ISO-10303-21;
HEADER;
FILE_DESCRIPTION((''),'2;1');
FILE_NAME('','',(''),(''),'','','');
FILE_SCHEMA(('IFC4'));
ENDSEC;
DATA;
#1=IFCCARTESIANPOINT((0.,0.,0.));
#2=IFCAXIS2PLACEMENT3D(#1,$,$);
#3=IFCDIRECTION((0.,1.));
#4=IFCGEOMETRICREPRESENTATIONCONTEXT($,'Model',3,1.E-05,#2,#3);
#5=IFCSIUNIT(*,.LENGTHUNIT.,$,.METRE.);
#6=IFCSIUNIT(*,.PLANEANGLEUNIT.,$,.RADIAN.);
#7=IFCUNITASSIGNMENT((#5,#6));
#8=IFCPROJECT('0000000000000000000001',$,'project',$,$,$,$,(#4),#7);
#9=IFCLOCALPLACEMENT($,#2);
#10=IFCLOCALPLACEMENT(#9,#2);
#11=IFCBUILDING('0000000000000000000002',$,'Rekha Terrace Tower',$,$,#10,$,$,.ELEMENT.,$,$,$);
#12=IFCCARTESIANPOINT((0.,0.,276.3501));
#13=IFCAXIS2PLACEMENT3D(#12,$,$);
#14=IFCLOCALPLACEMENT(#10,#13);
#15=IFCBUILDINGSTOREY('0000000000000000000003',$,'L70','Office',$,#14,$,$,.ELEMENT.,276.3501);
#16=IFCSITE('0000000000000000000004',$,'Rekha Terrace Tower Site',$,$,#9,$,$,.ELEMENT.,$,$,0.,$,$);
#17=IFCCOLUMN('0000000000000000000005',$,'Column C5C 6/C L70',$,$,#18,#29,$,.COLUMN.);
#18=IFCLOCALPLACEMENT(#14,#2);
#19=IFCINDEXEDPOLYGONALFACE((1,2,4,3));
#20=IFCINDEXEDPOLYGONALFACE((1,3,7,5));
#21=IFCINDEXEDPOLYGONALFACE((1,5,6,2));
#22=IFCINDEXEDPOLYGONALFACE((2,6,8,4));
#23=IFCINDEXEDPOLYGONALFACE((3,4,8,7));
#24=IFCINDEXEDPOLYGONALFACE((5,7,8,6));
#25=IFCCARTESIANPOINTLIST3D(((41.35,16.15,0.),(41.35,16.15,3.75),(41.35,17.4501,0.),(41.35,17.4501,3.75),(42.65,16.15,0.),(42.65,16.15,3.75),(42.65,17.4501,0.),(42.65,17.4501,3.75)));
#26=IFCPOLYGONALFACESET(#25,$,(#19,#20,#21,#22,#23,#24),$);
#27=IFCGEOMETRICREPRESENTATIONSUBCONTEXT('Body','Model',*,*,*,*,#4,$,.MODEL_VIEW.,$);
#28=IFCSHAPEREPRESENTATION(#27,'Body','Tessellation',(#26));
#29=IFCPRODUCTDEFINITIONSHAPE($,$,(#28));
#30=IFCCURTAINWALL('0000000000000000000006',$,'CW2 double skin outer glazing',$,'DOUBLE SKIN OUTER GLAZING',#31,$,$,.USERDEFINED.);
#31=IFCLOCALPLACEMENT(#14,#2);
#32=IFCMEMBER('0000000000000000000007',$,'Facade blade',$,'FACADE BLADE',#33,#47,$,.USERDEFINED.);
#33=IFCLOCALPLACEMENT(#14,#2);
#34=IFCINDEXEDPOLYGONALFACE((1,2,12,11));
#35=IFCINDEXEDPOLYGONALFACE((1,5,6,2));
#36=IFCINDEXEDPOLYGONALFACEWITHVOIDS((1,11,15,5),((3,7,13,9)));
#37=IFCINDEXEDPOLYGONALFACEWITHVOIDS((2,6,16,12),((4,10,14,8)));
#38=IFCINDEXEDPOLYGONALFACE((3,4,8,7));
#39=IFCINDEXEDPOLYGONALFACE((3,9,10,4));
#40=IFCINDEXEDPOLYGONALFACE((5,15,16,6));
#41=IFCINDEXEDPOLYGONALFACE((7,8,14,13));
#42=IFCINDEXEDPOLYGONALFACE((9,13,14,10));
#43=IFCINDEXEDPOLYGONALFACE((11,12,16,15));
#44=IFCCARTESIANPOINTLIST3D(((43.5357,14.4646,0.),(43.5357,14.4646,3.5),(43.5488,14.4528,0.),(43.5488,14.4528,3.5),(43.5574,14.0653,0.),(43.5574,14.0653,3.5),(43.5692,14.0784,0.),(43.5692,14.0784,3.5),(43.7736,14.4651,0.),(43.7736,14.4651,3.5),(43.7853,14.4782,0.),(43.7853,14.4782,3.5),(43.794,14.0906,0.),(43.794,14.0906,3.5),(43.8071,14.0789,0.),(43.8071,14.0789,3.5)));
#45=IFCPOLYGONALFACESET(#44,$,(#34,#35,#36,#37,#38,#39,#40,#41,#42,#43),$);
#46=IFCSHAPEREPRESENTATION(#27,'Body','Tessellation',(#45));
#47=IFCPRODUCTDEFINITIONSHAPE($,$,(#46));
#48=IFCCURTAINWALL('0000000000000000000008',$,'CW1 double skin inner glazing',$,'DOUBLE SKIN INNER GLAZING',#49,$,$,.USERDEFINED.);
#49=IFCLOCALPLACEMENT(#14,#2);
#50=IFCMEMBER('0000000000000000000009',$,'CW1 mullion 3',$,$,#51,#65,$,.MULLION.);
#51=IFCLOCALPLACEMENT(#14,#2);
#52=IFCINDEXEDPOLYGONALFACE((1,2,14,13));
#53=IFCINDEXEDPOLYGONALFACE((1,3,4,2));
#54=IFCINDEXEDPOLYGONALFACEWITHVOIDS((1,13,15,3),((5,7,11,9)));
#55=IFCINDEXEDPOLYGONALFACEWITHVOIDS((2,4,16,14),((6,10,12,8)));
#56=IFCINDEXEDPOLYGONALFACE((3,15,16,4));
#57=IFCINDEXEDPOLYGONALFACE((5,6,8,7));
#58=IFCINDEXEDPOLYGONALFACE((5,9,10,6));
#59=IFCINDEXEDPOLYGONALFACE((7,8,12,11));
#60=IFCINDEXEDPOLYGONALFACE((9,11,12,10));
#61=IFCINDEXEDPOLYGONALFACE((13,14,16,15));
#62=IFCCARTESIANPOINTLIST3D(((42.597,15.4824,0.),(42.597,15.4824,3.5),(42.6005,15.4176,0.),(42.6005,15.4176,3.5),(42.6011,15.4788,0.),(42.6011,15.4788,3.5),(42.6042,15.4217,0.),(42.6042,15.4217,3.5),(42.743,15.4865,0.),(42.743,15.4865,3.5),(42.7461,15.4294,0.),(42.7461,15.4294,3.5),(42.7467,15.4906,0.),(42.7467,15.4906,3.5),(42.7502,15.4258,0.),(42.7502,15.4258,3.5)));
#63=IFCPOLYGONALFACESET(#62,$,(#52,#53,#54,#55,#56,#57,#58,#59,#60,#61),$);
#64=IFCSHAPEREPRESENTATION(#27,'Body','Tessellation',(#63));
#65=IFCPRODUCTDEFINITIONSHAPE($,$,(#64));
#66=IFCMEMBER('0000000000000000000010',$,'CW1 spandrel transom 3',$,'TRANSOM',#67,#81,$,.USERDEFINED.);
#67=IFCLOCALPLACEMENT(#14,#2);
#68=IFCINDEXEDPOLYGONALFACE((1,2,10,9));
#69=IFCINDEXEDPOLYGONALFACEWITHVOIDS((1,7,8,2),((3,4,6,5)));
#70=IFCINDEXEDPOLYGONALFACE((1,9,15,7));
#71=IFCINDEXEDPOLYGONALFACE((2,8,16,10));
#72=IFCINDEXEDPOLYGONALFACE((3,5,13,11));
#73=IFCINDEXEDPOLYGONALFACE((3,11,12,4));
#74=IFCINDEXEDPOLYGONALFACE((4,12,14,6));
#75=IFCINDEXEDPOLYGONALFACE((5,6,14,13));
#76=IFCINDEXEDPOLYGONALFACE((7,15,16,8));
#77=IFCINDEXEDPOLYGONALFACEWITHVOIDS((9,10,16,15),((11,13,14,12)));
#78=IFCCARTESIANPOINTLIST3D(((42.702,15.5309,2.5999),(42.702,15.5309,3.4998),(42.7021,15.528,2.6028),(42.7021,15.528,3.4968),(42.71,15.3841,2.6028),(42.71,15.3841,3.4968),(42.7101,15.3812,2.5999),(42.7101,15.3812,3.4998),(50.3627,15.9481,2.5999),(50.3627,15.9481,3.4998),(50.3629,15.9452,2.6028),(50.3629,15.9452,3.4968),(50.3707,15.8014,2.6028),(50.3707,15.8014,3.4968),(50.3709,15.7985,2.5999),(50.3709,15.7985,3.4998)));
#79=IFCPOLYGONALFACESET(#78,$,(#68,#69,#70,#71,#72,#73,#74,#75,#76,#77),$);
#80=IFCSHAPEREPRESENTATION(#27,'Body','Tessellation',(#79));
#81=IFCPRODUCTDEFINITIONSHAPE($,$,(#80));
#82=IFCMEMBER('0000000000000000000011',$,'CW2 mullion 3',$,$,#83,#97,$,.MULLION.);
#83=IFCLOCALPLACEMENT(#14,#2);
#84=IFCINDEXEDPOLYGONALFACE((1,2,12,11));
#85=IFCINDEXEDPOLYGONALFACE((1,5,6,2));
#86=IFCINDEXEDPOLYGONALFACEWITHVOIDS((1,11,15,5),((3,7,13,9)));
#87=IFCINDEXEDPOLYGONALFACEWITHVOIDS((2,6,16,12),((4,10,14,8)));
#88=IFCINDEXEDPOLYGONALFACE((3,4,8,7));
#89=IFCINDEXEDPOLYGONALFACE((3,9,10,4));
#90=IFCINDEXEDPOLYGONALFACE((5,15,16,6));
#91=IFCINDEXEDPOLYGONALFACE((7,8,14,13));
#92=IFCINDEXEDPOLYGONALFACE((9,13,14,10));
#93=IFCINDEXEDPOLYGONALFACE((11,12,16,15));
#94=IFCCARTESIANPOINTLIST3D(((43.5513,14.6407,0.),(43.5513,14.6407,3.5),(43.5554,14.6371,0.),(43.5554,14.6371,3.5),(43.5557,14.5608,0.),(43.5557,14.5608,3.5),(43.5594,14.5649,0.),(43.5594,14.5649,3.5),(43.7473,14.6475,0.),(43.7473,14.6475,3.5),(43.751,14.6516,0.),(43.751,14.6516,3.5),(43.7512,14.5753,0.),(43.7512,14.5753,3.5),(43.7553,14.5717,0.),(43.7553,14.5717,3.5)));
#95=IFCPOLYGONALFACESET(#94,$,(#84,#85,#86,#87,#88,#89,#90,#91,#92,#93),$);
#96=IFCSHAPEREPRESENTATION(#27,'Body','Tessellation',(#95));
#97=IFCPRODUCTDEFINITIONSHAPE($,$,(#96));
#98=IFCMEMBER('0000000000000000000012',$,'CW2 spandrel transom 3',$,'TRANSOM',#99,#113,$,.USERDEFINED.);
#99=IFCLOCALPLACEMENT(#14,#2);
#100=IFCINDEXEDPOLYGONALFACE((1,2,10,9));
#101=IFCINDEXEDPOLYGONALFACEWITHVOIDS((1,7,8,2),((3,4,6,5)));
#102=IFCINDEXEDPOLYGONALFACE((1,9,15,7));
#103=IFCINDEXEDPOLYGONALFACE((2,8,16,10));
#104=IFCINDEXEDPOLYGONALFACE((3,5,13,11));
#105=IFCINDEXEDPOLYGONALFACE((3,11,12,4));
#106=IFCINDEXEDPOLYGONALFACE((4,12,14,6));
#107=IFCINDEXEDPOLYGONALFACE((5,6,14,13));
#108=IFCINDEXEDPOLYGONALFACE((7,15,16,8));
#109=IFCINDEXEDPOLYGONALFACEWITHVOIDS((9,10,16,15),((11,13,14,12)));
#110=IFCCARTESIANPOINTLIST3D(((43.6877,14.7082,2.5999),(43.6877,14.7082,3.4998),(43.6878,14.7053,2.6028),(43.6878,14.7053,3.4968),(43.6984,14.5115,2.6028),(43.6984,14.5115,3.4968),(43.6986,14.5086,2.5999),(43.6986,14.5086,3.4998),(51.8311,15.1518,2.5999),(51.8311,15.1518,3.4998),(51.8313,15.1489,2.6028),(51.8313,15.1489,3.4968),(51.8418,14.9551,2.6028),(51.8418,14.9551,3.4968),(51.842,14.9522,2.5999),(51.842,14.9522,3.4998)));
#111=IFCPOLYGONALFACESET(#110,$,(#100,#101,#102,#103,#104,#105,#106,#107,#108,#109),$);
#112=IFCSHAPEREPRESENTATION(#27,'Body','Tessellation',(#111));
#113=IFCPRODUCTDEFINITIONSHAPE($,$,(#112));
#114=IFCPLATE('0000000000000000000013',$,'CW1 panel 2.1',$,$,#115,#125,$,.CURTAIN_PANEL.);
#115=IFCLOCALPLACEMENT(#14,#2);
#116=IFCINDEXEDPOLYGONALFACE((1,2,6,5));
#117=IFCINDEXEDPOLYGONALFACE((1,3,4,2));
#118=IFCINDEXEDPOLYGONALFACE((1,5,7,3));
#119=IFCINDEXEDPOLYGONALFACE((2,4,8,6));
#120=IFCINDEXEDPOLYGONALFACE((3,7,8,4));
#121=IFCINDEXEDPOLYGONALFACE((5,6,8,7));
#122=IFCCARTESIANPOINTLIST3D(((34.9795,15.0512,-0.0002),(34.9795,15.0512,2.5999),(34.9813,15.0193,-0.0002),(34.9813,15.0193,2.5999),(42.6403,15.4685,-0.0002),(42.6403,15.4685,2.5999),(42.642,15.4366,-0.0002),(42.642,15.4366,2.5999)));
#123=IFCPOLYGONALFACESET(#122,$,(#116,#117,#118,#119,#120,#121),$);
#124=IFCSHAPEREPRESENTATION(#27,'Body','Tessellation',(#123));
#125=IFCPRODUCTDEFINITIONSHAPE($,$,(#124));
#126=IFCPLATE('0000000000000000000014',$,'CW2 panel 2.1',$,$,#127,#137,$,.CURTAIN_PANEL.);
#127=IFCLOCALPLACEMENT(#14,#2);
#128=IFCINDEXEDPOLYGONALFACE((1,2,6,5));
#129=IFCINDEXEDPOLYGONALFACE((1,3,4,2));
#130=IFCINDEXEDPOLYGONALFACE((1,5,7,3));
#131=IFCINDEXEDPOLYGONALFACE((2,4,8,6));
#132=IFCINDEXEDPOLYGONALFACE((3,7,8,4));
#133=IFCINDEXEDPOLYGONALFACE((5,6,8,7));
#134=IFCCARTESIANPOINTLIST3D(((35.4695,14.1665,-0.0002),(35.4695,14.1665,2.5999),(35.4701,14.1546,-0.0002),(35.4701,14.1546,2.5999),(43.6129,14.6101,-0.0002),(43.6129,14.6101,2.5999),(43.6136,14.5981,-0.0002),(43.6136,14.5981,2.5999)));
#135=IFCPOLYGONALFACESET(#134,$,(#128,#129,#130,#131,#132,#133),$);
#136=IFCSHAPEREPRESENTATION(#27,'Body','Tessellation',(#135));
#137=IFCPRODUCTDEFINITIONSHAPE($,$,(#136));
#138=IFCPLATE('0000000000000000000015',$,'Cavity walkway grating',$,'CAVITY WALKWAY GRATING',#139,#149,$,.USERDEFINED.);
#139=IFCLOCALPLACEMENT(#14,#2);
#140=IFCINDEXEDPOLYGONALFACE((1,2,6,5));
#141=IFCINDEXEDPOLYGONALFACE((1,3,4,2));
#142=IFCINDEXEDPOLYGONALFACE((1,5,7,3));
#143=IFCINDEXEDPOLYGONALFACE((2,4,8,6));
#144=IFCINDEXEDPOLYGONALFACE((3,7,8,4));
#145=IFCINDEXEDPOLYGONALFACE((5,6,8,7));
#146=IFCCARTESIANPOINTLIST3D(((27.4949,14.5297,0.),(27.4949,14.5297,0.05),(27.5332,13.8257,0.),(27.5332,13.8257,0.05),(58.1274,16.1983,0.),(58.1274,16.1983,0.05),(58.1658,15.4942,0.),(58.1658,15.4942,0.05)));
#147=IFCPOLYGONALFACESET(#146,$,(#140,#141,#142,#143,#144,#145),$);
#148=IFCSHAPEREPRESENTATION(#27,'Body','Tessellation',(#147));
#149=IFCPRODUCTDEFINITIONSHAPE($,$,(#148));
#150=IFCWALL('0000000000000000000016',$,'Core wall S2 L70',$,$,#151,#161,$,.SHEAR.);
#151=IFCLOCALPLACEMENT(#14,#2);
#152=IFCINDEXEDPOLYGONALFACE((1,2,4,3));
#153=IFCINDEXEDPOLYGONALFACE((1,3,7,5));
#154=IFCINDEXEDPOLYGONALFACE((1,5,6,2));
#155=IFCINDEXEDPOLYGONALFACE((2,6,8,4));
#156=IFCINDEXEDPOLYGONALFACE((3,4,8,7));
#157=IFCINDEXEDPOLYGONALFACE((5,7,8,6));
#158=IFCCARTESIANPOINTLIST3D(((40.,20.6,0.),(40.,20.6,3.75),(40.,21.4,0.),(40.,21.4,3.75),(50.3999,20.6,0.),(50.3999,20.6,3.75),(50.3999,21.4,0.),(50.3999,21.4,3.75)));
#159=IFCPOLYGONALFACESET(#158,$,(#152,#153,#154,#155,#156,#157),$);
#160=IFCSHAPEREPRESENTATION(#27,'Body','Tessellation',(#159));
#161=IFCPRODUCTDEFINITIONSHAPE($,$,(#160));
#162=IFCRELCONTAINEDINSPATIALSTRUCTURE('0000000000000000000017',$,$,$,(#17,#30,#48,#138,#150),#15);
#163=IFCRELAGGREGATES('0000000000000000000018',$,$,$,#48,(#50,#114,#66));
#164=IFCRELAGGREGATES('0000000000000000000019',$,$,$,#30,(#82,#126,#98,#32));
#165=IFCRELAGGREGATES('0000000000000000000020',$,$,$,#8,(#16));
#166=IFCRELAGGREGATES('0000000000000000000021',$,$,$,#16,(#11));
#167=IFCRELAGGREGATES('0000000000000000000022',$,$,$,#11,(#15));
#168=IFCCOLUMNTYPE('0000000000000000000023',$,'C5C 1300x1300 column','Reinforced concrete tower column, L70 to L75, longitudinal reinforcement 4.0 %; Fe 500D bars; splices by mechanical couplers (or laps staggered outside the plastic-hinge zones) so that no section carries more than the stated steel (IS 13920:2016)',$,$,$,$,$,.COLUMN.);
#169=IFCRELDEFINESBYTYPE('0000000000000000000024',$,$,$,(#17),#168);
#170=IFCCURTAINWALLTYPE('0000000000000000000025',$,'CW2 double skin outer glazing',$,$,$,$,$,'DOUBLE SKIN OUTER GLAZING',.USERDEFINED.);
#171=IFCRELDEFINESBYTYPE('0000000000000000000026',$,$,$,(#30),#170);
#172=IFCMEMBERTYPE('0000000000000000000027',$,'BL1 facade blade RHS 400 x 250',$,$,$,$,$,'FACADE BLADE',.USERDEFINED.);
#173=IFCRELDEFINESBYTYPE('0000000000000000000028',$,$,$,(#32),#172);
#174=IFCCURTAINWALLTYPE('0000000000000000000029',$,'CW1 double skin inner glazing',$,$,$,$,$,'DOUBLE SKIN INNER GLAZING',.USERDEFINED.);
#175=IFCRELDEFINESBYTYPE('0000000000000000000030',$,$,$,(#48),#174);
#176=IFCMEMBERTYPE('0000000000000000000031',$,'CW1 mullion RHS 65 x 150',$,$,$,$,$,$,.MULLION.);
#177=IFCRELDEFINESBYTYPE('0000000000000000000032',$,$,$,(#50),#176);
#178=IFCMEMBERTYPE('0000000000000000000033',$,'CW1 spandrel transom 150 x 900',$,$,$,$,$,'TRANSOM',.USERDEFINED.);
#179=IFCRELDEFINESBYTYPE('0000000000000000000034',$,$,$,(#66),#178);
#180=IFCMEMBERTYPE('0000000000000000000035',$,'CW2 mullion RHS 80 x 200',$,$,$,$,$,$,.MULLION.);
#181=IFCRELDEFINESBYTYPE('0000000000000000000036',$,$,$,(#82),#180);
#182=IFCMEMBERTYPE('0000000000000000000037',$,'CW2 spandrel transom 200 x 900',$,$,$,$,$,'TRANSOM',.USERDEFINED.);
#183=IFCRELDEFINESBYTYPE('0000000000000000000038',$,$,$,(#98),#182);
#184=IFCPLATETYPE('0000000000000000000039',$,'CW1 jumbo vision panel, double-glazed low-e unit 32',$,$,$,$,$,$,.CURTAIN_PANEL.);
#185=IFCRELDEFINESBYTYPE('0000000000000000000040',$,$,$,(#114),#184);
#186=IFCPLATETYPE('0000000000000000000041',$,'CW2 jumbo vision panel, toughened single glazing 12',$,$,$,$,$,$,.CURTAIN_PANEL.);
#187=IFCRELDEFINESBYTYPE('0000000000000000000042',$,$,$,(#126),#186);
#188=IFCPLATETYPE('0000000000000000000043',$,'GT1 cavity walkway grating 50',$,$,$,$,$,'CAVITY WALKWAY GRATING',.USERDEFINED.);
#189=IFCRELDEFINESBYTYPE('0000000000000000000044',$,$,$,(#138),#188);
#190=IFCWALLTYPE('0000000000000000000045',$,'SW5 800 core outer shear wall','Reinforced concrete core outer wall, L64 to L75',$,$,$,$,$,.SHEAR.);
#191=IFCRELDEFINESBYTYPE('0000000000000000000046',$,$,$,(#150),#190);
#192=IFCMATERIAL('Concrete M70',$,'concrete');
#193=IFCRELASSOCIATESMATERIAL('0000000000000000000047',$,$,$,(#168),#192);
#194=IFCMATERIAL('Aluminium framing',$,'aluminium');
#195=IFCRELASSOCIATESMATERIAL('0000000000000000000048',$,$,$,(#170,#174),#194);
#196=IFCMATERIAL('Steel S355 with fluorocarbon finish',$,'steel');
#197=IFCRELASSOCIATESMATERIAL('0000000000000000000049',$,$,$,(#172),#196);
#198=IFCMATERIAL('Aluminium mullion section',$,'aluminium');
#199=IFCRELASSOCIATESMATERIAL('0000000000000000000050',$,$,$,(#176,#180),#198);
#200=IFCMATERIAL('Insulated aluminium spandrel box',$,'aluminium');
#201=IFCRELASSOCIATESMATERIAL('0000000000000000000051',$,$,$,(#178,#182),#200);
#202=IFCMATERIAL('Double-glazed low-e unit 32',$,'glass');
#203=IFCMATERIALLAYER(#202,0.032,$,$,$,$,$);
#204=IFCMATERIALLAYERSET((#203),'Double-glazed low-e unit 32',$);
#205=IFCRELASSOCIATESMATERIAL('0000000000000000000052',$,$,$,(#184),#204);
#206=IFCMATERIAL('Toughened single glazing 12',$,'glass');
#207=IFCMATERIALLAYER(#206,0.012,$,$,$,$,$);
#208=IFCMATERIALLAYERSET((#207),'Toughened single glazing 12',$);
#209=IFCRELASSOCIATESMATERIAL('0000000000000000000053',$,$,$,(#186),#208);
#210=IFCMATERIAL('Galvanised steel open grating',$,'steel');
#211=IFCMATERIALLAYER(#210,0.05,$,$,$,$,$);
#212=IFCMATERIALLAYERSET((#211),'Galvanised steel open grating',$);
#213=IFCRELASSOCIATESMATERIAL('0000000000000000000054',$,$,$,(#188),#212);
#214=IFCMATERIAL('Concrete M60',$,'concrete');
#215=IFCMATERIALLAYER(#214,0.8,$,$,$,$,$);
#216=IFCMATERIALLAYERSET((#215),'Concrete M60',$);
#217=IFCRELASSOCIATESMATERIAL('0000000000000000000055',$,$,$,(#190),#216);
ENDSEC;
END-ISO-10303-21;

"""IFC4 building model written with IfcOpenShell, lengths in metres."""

from ifc_helpers import new_model, si_unit, direction, frame, frame_2d, origin, origin_2d, place, context, subcontext, project, spatial, rectangle, hollow_rectangle, extrude, material, layer, layer_set, material_profile, profile_set, type_object, element, aggregate, save


model = new_model("IFC4")

# Units and contexts
model_context = context("Model", 3, precision=1e-05, world=origin(), true_north=direction((0.0, 1.0)))
body_context = subcontext(model_context, "Body", "Model", "MODEL_VIEW")
ifc_project = project(units=[si_unit("LENGTHUNIT", "METRE"), si_unit("PLANEANGLEUNIT", "RADIAN")], contexts=[model_context])

# Site, building, storey
site_placement = place(None, origin())
site = spatial("IfcSite", under=ifc_project, at=site_placement, Name="Rekha Terrace Tower Site", CompositionType="ELEMENT", RefElevation=0.0)
building_placement = place(site_placement, origin())
building = spatial("IfcBuilding", under=site, at=building_placement, Name="Rekha Terrace Tower", CompositionType="ELEMENT")
storey_placement = place(building_placement, frame((0.0, 0.0, 276.3501)))
storey = spatial("IfcBuildingStorey", under=building, at=storey_placement, Name="L70", Description="Office", CompositionType="ELEMENT", Elevation=276.3501)

# Column
ifc_material_1 = material(Name="Concrete M70", Category="concrete")
ifc_material_profile_1 = material_profile(ifc_material_1, rectangle(XDim=1.3, YDim=1.3, at=origin_2d()), Name="RC 1300x1300")
ifc_profile_set_1 = profile_set([ifc_material_profile_1], Name="Concrete M70")
column_type = type_object("IfcColumnType", Name="C5C 1300x1300 column", Description="Reinforced concrete tower column, L70 to L75, longitudinal reinforcement 4.0 %; Fe 500D bars; splices by mechanical couplers (or laps staggered outside the plastic-hinge zones) so that no section carries more than the stated steel (IS 13920:2016)", PredefinedType="COLUMN", material=ifc_profile_set_1)
column_placement = place(storey_placement, frame((42.0, 16.8, 0.0), z_axis=(0.0, 0.0, 1.0), x_axis=(1.0, 0.0, 0.0)))
element("IfcColumn", 1, at=column_placement, inside=storey, type_object=column_type, Name="Column C5C 6/C L70", PredefinedType="COLUMN", context=body_context, shape_type="SweptSolid", body=[
    extrude(rectangle(XDim=1.3, YDim=1.3, at=origin_2d()), origin(), (0.0, 0.0, 1.0), 3.75),
])

# Curtain wall, member
ifc_material_2 = material(Name="Aluminium framing", Category="aluminium")
curtain_wall_type_1 = type_object("IfcCurtainWallType", Name="CW2 double skin outer glazing", ElementType="DOUBLE SKIN OUTER GLAZING", PredefinedType="USERDEFINED", material=ifc_material_2)
curtain_wall_1_placement = place(storey_placement, origin())
curtain_wall_1 = element("IfcCurtainWall", 2, at=curtain_wall_1_placement, inside=storey, type_object=curtain_wall_type_1, Name="CW2 double skin outer glazing", ObjectType="DOUBLE SKIN OUTER GLAZING", PredefinedType="USERDEFINED")
ifc_material_3 = material(Name="Steel S355 with fluorocarbon finish", Category="steel")
ifc_material_profile_2 = material_profile(ifc_material_3, hollow_rectangle(XDim=0.25, YDim=0.3999, WallThickness=0.0125, at=origin_2d()), Name="RHS400x250x12.5")
ifc_profile_set_2 = profile_set([ifc_material_profile_2], Name="Steel S355 with fluorocarbon finish")
member_type_1 = type_object("IfcMemberType", Name="BL1 facade blade RHS 400 x 250", ElementType="FACADE BLADE", PredefinedType="USERDEFINED", material=ifc_profile_set_2)
member_1_placement = place(storey_placement, frame((43.6714, 14.2717, 0.0), z_axis=(0.0, 0.0, 1.0), x_axis=(0.99852, 0.054389, 0.0)))
member_1 = element("IfcMember", 3, at=member_1_placement, type_object=member_type_1, Name="Facade blade", ObjectType="FACADE BLADE", PredefinedType="USERDEFINED", context=body_context, shape_type="SweptSolid", body=[
    extrude(hollow_rectangle(XDim=0.25, YDim=0.3999, WallThickness=0.0125, at=origin_2d()), origin(), (0.0, 0.0, 1.0), 3.5),
])

# Curtain wall, members
curtain_wall_type_2 = type_object("IfcCurtainWallType", Name="CW1 double skin inner glazing", ElementType="DOUBLE SKIN INNER GLAZING", PredefinedType="USERDEFINED", material=ifc_material_2)
curtain_wall_2_placement = place(storey_placement, origin())
curtain_wall_2 = element("IfcCurtainWall", 4, at=curtain_wall_2_placement, inside=storey, type_object=curtain_wall_type_2, Name="CW1 double skin inner glazing", ObjectType="DOUBLE SKIN INNER GLAZING", PredefinedType="USERDEFINED")
ifc_material_4 = material(Name="Aluminium mullion section", Category="aluminium")
ifc_material_profile_3 = material_profile(ifc_material_4, hollow_rectangle(XDim=0.0649, YDim=0.1499, WallThickness=0.0039, at=origin_2d()), Name="AL RHS 65x150")
ifc_profile_set_3 = profile_set([ifc_material_profile_3], Name="Aluminium mullion section")
member_type_2 = type_object("IfcMemberType", Name="CW1 mullion RHS 65 x 150", PredefinedType="MULLION", material=ifc_profile_set_3)
member_2_placement = place(storey_placement, frame((42.6736, 15.4541, 0.0), z_axis=(0.0, 0.0, 1.0), x_axis=(-0.054389, 0.99852, 0.0)))
member_2 = element("IfcMember", 5, at=member_2_placement, type_object=member_type_2, Name="CW1 mullion 3", PredefinedType="MULLION", context=body_context, shape_type="SweptSolid", body=[
    extrude(hollow_rectangle(XDim=0.0649, YDim=0.1499, WallThickness=0.0039, at=origin_2d()), origin(), (0.0, 0.0, 1.0), 3.5),
])
ifc_material_5 = material(Name="Insulated aluminium spandrel box", Category="aluminium")
ifc_material_profile_4 = material_profile(ifc_material_5, hollow_rectangle(XDim=0.1499, YDim=0.8999, WallThickness=0.0029, at=origin_2d()), Name="AL SPANDREL BOX 150x900")
ifc_profile_set_4 = profile_set([ifc_material_profile_4], Name="Insulated aluminium spandrel box")
member_type_3 = type_object("IfcMemberType", Name="CW1 spandrel transom 150 x 900", ElementType="TRANSOM", PredefinedType="USERDEFINED", material=ifc_profile_set_4)
member_3_placement = place(storey_placement, frame((42.7061, 15.4561, 3.0498), z_axis=(0.99852, 0.054384, 0.0), x_axis=(-0.054384, 0.99852, 0.0)))
member_3 = element("IfcMember", 6, at=member_3_placement, type_object=member_type_3, Name="CW1 spandrel transom 3", ObjectType="TRANSOM", PredefinedType="USERDEFINED", context=body_context, shape_type="SweptSolid", body=[
    extrude(hollow_rectangle(XDim=0.1499, YDim=0.8999, WallThickness=0.0029, at=origin_2d()), origin(), (0.0, 0.0, 1.0), 7.6721),
])

# Members
ifc_material_profile_5 = material_profile(ifc_material_4, hollow_rectangle(XDim=0.0801, YDim=0.2, WallThickness=0.0039, at=origin_2d()), Name="AL RHS 80x200")
ifc_profile_set_5 = profile_set([ifc_material_profile_5], Name="Aluminium mullion section")
member_type_4 = type_object("IfcMemberType", Name="CW2 mullion RHS 80 x 200", PredefinedType="MULLION", material=ifc_profile_set_5)
member_4_placement = place(storey_placement, frame((43.6533, 14.6062, 0.0), z_axis=(0.0, 0.0, 1.0), x_axis=(-0.054389, 0.99852, 0.0)))
member_4 = element("IfcMember", 7, at=member_4_placement, type_object=member_type_4, Name="CW2 mullion 3", PredefinedType="MULLION", context=body_context, shape_type="SweptSolid", body=[
    extrude(hollow_rectangle(XDim=0.0801, YDim=0.2, WallThickness=0.0039, at=origin_2d()), origin(), (0.0, 0.0, 1.0), 3.5),
])
ifc_material_profile_6 = material_profile(ifc_material_5, hollow_rectangle(XDim=0.2, YDim=0.8999, WallThickness=0.0029, at=origin_2d()), Name="AL SPANDREL BOX 200x900")
ifc_profile_set_6 = profile_set([ifc_material_profile_6], Name="Insulated aluminium spandrel box")
member_type_5 = type_object("IfcMemberType", Name="CW2 spandrel transom 200 x 900", ElementType="TRANSOM", PredefinedType="USERDEFINED", material=ifc_profile_set_6)
member_5_placement = place(storey_placement, frame((43.6931, 14.6084, 3.0498), z_axis=(0.99852, 0.054392, 0.0), x_axis=(-0.054392, 0.99852, 0.0)))
member_5 = element("IfcMember", 8, at=member_5_placement, type_object=member_type_5, Name="CW2 spandrel transom 3", ObjectType="TRANSOM", PredefinedType="USERDEFINED", context=body_context, shape_type="SweptSolid", body=[
    extrude(hollow_rectangle(XDim=0.2, YDim=0.8999, WallThickness=0.0029, at=origin_2d()), origin(), (0.0, 0.0, 1.0), 8.1555),
])

# Plates
ifc_material_6 = material(Name="Double-glazed low-e unit 32", Category="glass")
ifc_layer_1 = layer(ifc_material_6, 0.032)
ifc_layer_set_1 = layer_set([ifc_layer_1], Name="Double-glazed low-e unit 32")
plate_type_1 = type_object("IfcPlateType", Name="CW1 jumbo vision panel, double-glazed low-e unit 32", PredefinedType="CURTAIN_PANEL", material=ifc_layer_set_1)
plate_1_placement = place(storey_placement, frame((38.8108, 15.2439, -0.0002), z_axis=(0.0, 0.0, 1.0), x_axis=(0.99852, 0.054389, 0.0)))
plate_1 = element("IfcPlate", 9, at=plate_1_placement, type_object=plate_type_1, Name="CW1 panel 2.1", PredefinedType="CURTAIN_PANEL", context=body_context, shape_type="SweptSolid", body=[
    extrude(rectangle(XDim=7.6721, YDim=0.032, at=origin_2d()), origin(), (0.0, 0.0, 1.0), 2.6001),
])
aggregate(curtain_wall_2, [member_2, plate_1, member_3])
ifc_material_7 = material(Name="Toughened single glazing 12", Category="glass")
ifc_layer_2 = layer(ifc_material_7, 0.012)
ifc_layer_set_2 = layer_set([ifc_layer_2], Name="Toughened single glazing 12")
plate_type_2 = type_object("IfcPlateType", Name="CW2 jumbo vision panel, toughened single glazing 12", PredefinedType="CURTAIN_PANEL", material=ifc_layer_set_2)
plate_2_placement = place(storey_placement, frame((39.5415, 14.3823, -0.0002), z_axis=(0.0, 0.0, 1.0), x_axis=(0.99852, 0.054389, 0.0)))
plate_2 = element("IfcPlate", 10, at=plate_2_placement, type_object=plate_type_2, Name="CW2 panel 2.1", PredefinedType="CURTAIN_PANEL", context=body_context, shape_type="SweptSolid", body=[
    extrude(rectangle(XDim=8.1555, YDim=0.012, at=origin_2d()), origin(), (0.0, 0.0, 1.0), 2.6001),
])
aggregate(curtain_wall_1, [member_4, plate_2, member_5, member_1])
ifc_material_8 = material(Name="Galvanised steel open grating", Category="steel")
ifc_layer_3 = layer(ifc_material_8, 0.05)
ifc_layer_set_3 = layer_set([ifc_layer_3], Name="Galvanised steel open grating")
plate_type_3 = type_object("IfcPlateType", Name="GT1 cavity walkway grating 50", ElementType="CAVITY WALKWAY GRATING", PredefinedType="USERDEFINED", material=ifc_layer_set_3)
plate_3_placement = place(storey_placement, frame((42.8303, 15.012, 0.0), z_axis=(0.0, 0.0, 1.0), x_axis=(0.99852, 0.054389, 0.0)))
element("IfcPlate", 11, at=plate_3_placement, inside=storey, type_object=plate_type_3, Name="Cavity walkway grating", ObjectType="CAVITY WALKWAY GRATING", PredefinedType="USERDEFINED", context=body_context, shape_type="SweptSolid", body=[
    extrude(rectangle(XDim=30.678, YDim=0.7051, at=origin_2d()), origin(), (0.0, 0.0, 1.0), 0.05),
])

# Wall
ifc_material_9 = material(Name="Concrete M60", Category="concrete")
ifc_layer_4 = layer(ifc_material_9, 0.8)
ifc_layer_set_4 = layer_set([ifc_layer_4], Name="Concrete M60")
wall_type_1 = type_object("IfcWallType", Name="SW5 800 core outer shear wall", Description="Reinforced concrete core outer wall, L64 to L75", PredefinedType="SHEAR", material=ifc_layer_set_4)
wall_1_placement = place(storey_placement, frame((40.0, 21.0, 0.0), z_axis=(0.0, 0.0, 1.0), x_axis=(1.0, 0.0, 0.0)))
element("IfcWall", 12, at=wall_1_placement, inside=storey, type_object=wall_type_1, Name="Core wall S2 L70", PredefinedType="SHEAR", context=body_context, shape_type="SweptSolid", body=[
    extrude(rectangle(XDim=10.3999, YDim=0.8, at=frame_2d((5.2, 0.0))), origin(), (0.0, 0.0, 1.0), 3.75),
])

save(model, "model.ifc")
